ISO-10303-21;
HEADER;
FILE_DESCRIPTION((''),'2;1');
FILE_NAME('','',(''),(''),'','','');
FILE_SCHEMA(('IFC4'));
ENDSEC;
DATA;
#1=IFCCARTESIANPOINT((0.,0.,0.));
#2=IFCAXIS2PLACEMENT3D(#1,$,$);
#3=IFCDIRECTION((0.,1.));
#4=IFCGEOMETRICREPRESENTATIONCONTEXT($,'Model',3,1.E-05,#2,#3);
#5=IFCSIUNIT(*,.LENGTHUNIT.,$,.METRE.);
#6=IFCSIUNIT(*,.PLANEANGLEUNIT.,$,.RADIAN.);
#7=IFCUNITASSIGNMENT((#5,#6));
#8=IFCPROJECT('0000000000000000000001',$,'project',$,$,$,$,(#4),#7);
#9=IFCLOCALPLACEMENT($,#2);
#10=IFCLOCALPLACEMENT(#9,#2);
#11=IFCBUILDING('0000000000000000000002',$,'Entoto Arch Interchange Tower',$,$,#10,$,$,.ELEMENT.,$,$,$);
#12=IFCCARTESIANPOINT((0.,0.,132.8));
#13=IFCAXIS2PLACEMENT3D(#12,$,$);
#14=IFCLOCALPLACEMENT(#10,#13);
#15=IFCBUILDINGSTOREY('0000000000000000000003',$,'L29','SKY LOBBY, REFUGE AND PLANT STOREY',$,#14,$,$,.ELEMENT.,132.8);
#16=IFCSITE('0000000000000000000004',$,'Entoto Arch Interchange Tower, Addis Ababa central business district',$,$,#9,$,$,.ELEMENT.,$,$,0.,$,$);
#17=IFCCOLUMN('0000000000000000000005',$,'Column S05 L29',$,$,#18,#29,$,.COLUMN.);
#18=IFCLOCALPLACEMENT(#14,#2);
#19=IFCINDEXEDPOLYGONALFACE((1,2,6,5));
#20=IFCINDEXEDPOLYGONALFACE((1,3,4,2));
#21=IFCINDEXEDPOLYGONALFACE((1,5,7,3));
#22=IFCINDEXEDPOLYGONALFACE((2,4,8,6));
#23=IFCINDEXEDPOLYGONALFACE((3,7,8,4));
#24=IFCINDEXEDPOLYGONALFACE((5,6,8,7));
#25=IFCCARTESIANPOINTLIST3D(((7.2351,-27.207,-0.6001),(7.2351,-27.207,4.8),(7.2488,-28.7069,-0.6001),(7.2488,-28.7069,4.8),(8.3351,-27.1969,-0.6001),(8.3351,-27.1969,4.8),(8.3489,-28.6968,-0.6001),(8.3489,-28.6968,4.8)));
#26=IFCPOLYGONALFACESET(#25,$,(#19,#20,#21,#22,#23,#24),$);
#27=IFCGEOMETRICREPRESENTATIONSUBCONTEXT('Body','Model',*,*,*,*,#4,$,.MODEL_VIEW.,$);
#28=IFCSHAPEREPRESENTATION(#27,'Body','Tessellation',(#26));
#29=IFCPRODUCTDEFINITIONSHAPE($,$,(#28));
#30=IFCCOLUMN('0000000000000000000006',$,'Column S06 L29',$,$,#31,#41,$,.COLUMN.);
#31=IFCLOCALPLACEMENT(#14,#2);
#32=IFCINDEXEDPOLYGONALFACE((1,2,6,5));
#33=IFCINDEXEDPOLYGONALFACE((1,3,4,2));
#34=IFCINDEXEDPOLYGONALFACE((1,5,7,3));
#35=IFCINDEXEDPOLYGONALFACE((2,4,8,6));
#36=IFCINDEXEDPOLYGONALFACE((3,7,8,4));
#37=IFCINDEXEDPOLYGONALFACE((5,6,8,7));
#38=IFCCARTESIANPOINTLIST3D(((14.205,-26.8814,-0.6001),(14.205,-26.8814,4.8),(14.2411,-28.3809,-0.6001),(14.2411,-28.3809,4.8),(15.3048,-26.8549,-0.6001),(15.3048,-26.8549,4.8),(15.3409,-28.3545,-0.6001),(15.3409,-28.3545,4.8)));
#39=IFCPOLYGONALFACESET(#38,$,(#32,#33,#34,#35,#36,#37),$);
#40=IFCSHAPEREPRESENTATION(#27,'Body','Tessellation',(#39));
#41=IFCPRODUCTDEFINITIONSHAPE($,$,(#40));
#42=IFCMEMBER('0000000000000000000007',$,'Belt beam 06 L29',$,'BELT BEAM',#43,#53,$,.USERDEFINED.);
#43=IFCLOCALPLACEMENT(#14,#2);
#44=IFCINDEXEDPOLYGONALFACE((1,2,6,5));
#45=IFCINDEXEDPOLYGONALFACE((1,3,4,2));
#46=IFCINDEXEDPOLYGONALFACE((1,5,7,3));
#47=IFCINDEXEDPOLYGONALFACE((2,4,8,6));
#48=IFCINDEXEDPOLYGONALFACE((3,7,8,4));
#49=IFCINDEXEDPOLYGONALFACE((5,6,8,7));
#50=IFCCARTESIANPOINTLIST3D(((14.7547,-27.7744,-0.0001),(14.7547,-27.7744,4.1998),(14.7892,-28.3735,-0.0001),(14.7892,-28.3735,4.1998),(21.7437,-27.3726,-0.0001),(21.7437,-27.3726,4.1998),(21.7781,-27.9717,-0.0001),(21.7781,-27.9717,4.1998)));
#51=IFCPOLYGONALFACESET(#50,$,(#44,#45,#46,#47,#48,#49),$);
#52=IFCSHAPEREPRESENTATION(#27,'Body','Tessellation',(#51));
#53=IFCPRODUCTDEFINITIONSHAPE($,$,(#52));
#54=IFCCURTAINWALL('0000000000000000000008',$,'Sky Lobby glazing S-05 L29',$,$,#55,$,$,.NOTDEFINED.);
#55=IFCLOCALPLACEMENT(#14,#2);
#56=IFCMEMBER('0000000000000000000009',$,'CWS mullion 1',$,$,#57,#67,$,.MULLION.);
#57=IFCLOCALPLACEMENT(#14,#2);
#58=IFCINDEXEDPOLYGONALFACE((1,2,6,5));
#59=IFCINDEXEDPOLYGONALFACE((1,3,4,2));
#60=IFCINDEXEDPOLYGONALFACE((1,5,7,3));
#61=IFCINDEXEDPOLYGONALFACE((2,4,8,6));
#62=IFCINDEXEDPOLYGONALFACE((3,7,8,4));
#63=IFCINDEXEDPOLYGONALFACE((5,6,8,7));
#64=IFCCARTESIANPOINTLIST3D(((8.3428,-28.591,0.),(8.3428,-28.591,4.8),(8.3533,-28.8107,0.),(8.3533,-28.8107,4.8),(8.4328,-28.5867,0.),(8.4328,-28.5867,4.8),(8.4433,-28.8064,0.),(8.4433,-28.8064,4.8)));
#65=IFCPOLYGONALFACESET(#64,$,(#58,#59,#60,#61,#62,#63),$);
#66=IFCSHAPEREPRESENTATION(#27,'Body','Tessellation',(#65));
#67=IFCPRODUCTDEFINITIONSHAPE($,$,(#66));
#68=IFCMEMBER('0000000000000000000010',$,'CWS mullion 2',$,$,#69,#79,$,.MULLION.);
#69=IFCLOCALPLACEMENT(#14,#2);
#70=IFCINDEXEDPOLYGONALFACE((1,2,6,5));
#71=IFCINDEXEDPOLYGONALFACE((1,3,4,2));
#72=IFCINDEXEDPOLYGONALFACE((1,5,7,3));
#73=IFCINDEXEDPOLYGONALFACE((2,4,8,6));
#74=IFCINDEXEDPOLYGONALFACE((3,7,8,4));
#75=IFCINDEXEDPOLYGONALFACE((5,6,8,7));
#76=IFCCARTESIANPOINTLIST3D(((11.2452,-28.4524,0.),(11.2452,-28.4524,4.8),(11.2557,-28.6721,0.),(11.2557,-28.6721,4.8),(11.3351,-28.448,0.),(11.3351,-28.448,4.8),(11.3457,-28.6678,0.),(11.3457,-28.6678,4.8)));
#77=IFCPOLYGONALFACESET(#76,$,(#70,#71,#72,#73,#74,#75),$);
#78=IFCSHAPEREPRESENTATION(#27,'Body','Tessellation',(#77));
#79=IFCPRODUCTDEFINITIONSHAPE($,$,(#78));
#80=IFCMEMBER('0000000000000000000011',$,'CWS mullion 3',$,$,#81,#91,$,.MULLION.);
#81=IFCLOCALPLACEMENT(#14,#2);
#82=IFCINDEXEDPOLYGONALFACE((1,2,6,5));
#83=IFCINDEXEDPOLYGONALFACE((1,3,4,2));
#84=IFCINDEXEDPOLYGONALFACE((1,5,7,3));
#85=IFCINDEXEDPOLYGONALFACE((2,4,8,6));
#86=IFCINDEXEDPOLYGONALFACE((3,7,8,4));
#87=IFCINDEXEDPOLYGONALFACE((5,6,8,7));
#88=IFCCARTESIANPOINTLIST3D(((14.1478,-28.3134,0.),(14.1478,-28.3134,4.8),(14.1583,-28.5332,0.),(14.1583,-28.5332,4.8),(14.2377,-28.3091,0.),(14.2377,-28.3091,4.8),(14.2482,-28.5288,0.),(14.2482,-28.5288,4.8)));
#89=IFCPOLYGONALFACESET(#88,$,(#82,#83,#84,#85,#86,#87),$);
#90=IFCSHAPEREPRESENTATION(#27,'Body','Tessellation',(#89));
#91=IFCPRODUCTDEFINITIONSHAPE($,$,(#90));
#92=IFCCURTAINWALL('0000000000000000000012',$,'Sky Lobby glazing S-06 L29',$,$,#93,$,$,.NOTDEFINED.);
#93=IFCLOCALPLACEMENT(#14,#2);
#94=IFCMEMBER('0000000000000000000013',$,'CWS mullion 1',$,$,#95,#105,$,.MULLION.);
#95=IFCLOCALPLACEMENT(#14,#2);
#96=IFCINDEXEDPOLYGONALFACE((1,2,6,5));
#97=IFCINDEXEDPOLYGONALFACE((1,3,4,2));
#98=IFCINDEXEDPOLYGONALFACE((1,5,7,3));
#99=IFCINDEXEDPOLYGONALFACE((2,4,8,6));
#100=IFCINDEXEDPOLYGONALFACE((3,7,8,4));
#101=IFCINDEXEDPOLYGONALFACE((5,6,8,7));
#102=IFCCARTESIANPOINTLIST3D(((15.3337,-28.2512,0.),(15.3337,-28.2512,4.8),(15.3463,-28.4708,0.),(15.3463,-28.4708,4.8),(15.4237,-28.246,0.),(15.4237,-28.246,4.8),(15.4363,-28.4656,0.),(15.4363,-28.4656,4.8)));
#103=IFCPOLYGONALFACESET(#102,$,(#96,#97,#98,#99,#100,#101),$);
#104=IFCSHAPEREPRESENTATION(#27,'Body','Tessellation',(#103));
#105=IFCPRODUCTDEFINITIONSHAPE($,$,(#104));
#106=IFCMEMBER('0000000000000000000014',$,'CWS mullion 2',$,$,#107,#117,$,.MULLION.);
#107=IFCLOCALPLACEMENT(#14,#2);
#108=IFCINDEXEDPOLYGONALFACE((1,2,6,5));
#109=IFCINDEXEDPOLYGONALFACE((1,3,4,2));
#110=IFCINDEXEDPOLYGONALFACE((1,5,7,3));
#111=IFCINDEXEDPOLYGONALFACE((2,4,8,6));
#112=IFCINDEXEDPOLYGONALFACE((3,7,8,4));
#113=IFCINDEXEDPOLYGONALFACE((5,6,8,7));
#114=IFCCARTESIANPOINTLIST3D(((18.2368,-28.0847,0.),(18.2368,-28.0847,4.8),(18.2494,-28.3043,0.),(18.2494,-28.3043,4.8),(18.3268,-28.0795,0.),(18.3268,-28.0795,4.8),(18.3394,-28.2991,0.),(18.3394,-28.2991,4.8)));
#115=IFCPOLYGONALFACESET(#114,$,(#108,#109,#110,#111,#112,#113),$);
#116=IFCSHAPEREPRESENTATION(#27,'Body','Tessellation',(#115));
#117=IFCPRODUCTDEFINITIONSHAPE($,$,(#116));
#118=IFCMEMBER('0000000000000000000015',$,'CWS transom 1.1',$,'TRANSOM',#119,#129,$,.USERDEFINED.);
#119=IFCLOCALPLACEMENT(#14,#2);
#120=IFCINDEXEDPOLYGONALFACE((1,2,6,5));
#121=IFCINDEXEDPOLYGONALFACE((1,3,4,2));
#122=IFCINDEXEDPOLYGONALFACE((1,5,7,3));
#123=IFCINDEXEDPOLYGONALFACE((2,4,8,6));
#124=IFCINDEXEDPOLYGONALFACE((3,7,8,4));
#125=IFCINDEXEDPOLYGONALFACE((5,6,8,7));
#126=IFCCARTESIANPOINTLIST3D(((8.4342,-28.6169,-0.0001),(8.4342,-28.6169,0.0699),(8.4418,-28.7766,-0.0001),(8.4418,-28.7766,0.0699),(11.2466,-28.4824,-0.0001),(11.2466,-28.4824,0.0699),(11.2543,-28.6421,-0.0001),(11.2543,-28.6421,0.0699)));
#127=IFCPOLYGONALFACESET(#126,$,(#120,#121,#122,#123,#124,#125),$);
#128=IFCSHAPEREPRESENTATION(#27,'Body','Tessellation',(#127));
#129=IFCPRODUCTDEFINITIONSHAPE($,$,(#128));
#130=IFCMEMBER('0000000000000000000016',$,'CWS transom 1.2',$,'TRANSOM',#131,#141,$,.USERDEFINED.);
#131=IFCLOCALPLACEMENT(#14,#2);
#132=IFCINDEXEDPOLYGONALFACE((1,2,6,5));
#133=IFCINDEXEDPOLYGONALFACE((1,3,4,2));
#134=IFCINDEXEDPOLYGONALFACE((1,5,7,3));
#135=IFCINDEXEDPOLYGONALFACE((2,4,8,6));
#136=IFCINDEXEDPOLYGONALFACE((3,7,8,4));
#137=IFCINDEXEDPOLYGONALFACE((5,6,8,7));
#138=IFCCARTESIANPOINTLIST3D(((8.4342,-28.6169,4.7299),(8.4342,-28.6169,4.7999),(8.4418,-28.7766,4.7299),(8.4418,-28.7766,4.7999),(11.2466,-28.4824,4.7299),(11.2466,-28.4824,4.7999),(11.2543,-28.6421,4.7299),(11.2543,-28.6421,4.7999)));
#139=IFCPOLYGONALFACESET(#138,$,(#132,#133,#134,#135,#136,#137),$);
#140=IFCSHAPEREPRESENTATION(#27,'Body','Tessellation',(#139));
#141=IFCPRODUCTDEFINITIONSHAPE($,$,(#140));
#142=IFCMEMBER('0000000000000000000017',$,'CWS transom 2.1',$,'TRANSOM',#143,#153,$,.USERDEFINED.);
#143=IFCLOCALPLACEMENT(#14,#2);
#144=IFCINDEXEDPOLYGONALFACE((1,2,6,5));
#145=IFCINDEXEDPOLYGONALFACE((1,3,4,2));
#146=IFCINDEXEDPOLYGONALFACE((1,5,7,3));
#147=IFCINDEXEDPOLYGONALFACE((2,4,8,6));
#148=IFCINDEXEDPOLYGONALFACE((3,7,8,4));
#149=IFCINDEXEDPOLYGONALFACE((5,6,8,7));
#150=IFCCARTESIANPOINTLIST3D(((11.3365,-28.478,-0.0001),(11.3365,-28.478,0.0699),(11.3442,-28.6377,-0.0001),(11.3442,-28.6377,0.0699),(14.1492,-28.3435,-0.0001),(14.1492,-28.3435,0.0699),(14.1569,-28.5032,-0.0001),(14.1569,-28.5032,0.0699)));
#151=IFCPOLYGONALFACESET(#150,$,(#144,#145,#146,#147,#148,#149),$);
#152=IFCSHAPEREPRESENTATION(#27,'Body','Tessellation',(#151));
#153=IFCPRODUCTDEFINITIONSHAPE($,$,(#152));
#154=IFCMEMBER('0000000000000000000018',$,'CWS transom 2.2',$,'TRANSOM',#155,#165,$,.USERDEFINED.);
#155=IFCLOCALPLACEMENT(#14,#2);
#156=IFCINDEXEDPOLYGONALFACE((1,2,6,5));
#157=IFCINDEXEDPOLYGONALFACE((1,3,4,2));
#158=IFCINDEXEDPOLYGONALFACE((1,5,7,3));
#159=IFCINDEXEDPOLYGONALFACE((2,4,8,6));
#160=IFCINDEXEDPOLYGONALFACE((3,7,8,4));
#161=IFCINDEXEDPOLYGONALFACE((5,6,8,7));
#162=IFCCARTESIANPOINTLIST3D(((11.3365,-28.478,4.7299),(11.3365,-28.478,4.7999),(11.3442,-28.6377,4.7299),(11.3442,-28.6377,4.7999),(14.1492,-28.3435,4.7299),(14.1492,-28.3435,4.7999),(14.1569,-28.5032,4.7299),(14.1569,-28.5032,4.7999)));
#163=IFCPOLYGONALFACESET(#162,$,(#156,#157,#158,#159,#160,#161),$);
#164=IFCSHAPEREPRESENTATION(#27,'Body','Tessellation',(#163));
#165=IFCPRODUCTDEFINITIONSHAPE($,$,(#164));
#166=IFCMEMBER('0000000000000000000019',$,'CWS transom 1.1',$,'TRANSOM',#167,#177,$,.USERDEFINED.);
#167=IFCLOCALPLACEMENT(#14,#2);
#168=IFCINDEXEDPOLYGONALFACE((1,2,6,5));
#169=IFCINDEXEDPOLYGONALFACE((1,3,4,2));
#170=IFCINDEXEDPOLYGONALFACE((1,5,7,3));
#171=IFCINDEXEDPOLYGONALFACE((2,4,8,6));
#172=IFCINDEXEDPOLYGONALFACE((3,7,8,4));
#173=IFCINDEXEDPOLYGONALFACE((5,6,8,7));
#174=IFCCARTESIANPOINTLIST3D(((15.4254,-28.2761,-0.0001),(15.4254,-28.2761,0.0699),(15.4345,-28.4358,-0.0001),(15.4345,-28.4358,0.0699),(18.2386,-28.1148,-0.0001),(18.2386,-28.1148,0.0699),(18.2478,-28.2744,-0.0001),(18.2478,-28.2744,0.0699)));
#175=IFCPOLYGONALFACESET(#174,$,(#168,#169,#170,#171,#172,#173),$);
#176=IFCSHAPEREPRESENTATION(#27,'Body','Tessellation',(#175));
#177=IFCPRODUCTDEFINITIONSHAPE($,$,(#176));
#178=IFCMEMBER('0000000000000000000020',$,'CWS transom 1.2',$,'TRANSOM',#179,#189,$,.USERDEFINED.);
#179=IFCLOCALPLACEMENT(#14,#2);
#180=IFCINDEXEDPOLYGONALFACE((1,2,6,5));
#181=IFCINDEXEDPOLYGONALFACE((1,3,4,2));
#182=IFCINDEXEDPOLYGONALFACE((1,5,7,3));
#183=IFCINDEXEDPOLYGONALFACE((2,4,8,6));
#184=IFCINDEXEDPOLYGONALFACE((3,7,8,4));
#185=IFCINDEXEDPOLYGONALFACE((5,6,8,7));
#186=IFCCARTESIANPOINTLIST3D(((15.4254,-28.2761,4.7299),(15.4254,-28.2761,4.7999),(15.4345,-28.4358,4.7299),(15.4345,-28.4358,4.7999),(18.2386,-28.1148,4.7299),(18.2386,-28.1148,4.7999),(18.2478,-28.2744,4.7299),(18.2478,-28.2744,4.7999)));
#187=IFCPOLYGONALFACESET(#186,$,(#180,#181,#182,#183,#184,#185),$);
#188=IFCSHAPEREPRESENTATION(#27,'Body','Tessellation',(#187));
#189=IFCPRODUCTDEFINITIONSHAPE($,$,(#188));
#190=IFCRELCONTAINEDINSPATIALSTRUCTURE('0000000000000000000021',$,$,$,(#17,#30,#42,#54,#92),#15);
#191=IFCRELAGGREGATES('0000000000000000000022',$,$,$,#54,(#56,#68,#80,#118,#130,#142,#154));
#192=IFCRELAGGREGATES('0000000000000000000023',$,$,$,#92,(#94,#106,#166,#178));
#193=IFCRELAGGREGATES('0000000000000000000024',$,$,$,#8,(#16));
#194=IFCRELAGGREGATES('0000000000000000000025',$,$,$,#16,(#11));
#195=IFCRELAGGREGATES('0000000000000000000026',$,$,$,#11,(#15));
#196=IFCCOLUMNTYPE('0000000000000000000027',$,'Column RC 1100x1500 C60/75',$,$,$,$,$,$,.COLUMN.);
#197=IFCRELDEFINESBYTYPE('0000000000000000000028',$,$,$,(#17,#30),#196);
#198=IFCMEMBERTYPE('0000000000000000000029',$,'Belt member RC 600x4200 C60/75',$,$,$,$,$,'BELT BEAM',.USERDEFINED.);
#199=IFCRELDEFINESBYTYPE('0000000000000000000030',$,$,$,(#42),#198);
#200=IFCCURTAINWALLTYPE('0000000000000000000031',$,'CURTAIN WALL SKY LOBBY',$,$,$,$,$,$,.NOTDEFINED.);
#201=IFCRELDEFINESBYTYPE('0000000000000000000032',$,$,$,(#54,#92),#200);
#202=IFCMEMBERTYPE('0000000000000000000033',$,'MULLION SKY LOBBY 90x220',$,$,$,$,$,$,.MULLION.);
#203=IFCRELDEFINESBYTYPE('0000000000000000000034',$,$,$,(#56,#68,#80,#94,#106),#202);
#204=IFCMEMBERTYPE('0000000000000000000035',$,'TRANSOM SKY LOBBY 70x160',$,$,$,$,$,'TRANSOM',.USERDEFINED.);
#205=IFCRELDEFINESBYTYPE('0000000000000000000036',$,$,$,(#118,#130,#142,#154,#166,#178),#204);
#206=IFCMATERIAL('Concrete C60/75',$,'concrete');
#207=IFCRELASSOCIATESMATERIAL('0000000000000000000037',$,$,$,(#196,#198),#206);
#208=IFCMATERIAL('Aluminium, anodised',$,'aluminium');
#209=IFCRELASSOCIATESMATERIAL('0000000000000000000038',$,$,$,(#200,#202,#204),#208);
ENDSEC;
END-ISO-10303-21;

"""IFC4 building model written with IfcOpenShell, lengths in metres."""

from ifc_helpers import new_model, si_unit, direction, frame, origin, origin_2d, place, context, subcontext, project, spatial, rectangle, extrude, material, material_profile, profile_set, type_object, element, aggregate, save


model = new_model("IFC4")

# Units and contexts
model_context = context("Model", 3, precision=1e-05, world=origin(), true_north=direction((0.0, 1.0)))
body_context = subcontext(model_context, "Body", "Model", "MODEL_VIEW")
ifc_project = project(units=[si_unit("LENGTHUNIT", "METRE"), si_unit("PLANEANGLEUNIT", "RADIAN")], contexts=[model_context])

# Site, building, storey
site_placement = place(None, origin())
site = spatial("IfcSite", under=ifc_project, at=site_placement, Name="Entoto Arch Interchange Tower, Addis Ababa central business district", CompositionType="ELEMENT", RefElevation=0.0)
building_placement = place(site_placement, origin())
building = spatial("IfcBuilding", under=site, at=building_placement, Name="Entoto Arch Interchange Tower", CompositionType="ELEMENT")
storey_placement = place(building_placement, frame((0.0, 0.0, 132.8)))
storey = spatial("IfcBuildingStorey", under=building, at=storey_placement, Name="L29", Description="SKY LOBBY, REFUGE AND PLANT STOREY", CompositionType="ELEMENT", Elevation=132.8)

# Columns
ifc_material_1 = material(Name="Concrete C60/75", Category="concrete")
ifc_material_profile_1 = material_profile(ifc_material_1, rectangle(XDim=1.1001, YDim=1.5, at=origin_2d()))
ifc_profile_set_1 = profile_set([ifc_material_profile_1], Name="Concrete C60/75")
column_type = type_object("IfcColumnType", Name="Column RC 1100x1500 C60/75", PredefinedType="COLUMN", material=ifc_profile_set_1)
for number, where, z_axis, x_axis, name in (
    (1, (7.792, -27.9519, -0.6001), (0.0, 0.0, 1.0), (0.999958, 0.009163, 0.0), "Column S05 L29"),
    (2, (14.7729, -27.6179, -0.6001), (0.0, 0.0, 1.0), (0.999711, 0.024031, 0.0), "Column S06 L29"),
):
    element("IfcColumn", number, at=place(storey_placement, frame(where, z_axis=z_axis, x_axis=x_axis)), inside=storey, type_object=column_type, Name=name, PredefinedType="COLUMN", context=body_context, shape_type="SweptSolid", body=[
        extrude(rectangle(XDim=1.1001, YDim=1.5, at=origin_2d()), origin(), (0.0, 0.0, 1.0), 5.4001),
    ])

# Member
ifc_material_profile_2 = material_profile(ifc_material_1, rectangle(XDim=0.6001, YDim=4.2, at=origin_2d()))
ifc_profile_set_2 = profile_set([ifc_material_profile_2], Name="Concrete C60/75")
member_type_1 = type_object("IfcMemberType", Name="Belt member RC 600x4200 C60/75", ElementType="BELT BEAM", PredefinedType="USERDEFINED", material=ifc_profile_set_2)
member_1_placement = place(storey_placement, frame((14.772, -28.074, 2.0999), z_axis=(0.998351, 0.057403, 0.0), x_axis=(-0.057403, 0.998351, 0.0)))
element("IfcMember", 3, at=member_1_placement, inside=storey, type_object=member_type_1, Name="Belt beam 06 L29", ObjectType="BELT BEAM", PredefinedType="USERDEFINED", context=body_context, shape_type="SweptSolid", body=[
    extrude(rectangle(XDim=0.6001, YDim=4.2, at=origin_2d()), origin(), (0.0, 0.0, 1.0), 7.0005),
])

# Curtain walls, members
ifc_material_2 = material(Name="Aluminium, anodised", Category="aluminium")
curtain_wall_type = type_object("IfcCurtainWallType", Name="CURTAIN WALL SKY LOBBY", PredefinedType="NOTDEFINED", material=ifc_material_2)
curtain_wall_1_placement = place(storey_placement, origin())
curtain_wall_1 = element("IfcCurtainWall", 4, at=curtain_wall_1_placement, inside=storey, type_object=curtain_wall_type, Name="Sky Lobby glazing S-05 L29", PredefinedType="NOTDEFINED")
ifc_material_profile_3 = material_profile(ifc_material_2, rectangle(XDim=0.22, YDim=0.0901, at=origin_2d()))
ifc_profile_set_3 = profile_set([ifc_material_profile_3], Name="Aluminium, anodised")
member_type_2 = type_object("IfcMemberType", Name="MULLION SKY LOBBY 90x220", PredefinedType="MULLION", material=ifc_profile_set_3)
member_2_placement = place(storey_placement, frame((8.3931, -28.6987, 0.0), z_axis=(0.0, 0.0, 1.0), x_axis=(-0.047783, 0.998858, 0.0)))
member_2 = element("IfcMember", 5, at=member_2_placement, type_object=member_type_2, Name="CWS mullion 1", PredefinedType="MULLION", context=body_context, shape_type="SweptSolid", body=[
    extrude(rectangle(XDim=0.22, YDim=0.0901, at=origin_2d()), origin(), (0.0, 0.0, 1.0), 4.8),
])
member_3_placement = place(storey_placement, frame((11.2954, -28.5601, 0.0), z_axis=(0.0, 0.0, 1.0), x_axis=(-0.047783, 0.998858, 0.0)))
member_3 = element("IfcMember", 6, at=member_3_placement, type_object=member_type_2, Name="CWS mullion 2", PredefinedType="MULLION", context=body_context, shape_type="SweptSolid", body=[
    extrude(rectangle(XDim=0.22, YDim=0.0901, at=origin_2d()), origin(), (0.0, 0.0, 1.0), 4.8),
])
member_4_placement = place(storey_placement, frame((14.198, -28.4211, 0.0), z_axis=(0.0, 0.0, 1.0), x_axis=(-0.047783, 0.998858, 0.0)))
member_4 = element("IfcMember", 7, at=member_4_placement, type_object=member_type_2, Name="CWS mullion 3", PredefinedType="MULLION", context=body_context, shape_type="SweptSolid", body=[
    extrude(rectangle(XDim=0.22, YDim=0.0901, at=origin_2d()), origin(), (0.0, 0.0, 1.0), 4.8),
])
curtain_wall_2_placement = place(storey_placement, origin())
curtain_wall_2 = element("IfcCurtainWall", 8, at=curtain_wall_2_placement, inside=storey, type_object=curtain_wall_type, Name="Sky Lobby glazing S-06 L29", PredefinedType="NOTDEFINED")
member_5_placement = place(storey_placement, frame((15.385, -28.3584, 0.0), z_axis=(0.0, 0.0, 1.0), x_axis=(-0.057233, 0.998361, 0.0)))
member_5 = element("IfcMember", 9, at=member_5_placement, type_object=member_type_2, Name="CWS mullion 1", PredefinedType="MULLION", context=body_context, shape_type="SweptSolid", body=[
    extrude(rectangle(XDim=0.22, YDim=0.0901, at=origin_2d()), origin(), (0.0, 0.0, 1.0), 4.8),
])
member_6_placement = place(storey_placement, frame((18.2881, -28.1919, 0.0), z_axis=(0.0, 0.0, 1.0), x_axis=(-0.057233, 0.998361, 0.0)))
member_6 = element("IfcMember", 10, at=member_6_placement, type_object=member_type_2, Name="CWS mullion 2", PredefinedType="MULLION", context=body_context, shape_type="SweptSolid", body=[
    extrude(rectangle(XDim=0.22, YDim=0.0901, at=origin_2d()), origin(), (0.0, 0.0, 1.0), 4.8),
])

# Members
ifc_material_profile_4 = material_profile(ifc_material_2, rectangle(XDim=0.1599, YDim=0.0701, at=origin_2d()))
ifc_profile_set_4 = profile_set([ifc_material_profile_4], Name="Aluminium, anodised")
member_type_3 = type_object("IfcMemberType", Name="TRANSOM SKY LOBBY 70x160", ElementType="TRANSOM", PredefinedType="USERDEFINED", material=ifc_profile_set_4)
member_7_placement = place(storey_placement, frame((8.438, -28.6968, 0.0349), z_axis=(0.998858, 0.047775, 0.0), x_axis=(-0.047775, 0.998858, 0.0)))
member_7 = element("IfcMember", 11, at=member_7_placement, type_object=member_type_3, Name="CWS transom 1.1", ObjectType="TRANSOM", PredefinedType="USERDEFINED", context=body_context, shape_type="SweptSolid", body=[
    extrude(rectangle(XDim=0.1599, YDim=0.0701, at=origin_2d()), origin(), (0.0, 0.0, 1.0), 2.8157),
])
member_8_placement = place(storey_placement, frame((8.438, -28.6968, 4.7649), z_axis=(0.998858, 0.047775, 0.0), x_axis=(-0.047775, 0.998858, 0.0)))
member_8 = element("IfcMember", 12, at=member_8_placement, type_object=member_type_3, Name="CWS transom 1.2", ObjectType="TRANSOM", PredefinedType="USERDEFINED", context=body_context, shape_type="SweptSolid", body=[
    extrude(rectangle(XDim=0.1599, YDim=0.0701, at=origin_2d()), origin(), (0.0, 0.0, 1.0), 2.8157),
])
member_9_placement = place(storey_placement, frame((11.3403, -28.5579, 0.0349), z_axis=(0.998858, 0.047771, 0.0), x_axis=(-0.047771, 0.998858, 0.0)))
member_9 = element("IfcMember", 13, at=member_9_placement, type_object=member_type_3, Name="CWS transom 2.1", ObjectType="TRANSOM", PredefinedType="USERDEFINED", context=body_context, shape_type="SweptSolid", body=[
    extrude(rectangle(XDim=0.1599, YDim=0.0701, at=origin_2d()), origin(), (0.0, 0.0, 1.0), 2.8159),
])
member_10_placement = place(storey_placement, frame((11.3403, -28.5579, 4.7649), z_axis=(0.998858, 0.047771, 0.0), x_axis=(-0.047771, 0.998858, 0.0)))
member_10 = element("IfcMember", 14, at=member_10_placement, type_object=member_type_3, Name="CWS transom 2.2", ObjectType="TRANSOM", PredefinedType="USERDEFINED", context=body_context, shape_type="SweptSolid", body=[
    extrude(rectangle(XDim=0.1599, YDim=0.0701, at=origin_2d()), origin(), (0.0, 0.0, 1.0), 2.8159),
])
member_11_placement = place(storey_placement, frame((15.4299, -28.356, 0.0349), z_axis=(0.998359, 0.057269, 0.0), x_axis=(-0.057269, 0.998359, 0.0)))
member_11 = element("IfcMember", 15, at=member_11_placement, type_object=member_type_3, Name="CWS transom 1.1", ObjectType="TRANSOM", PredefinedType="USERDEFINED", context=body_context, shape_type="SweptSolid", body=[
    extrude(rectangle(XDim=0.1599, YDim=0.0701, at=origin_2d()), origin(), (0.0, 0.0, 1.0), 2.8179),
])
member_12_placement = place(storey_placement, frame((15.4299, -28.356, 4.7649), z_axis=(0.998359, 0.057269, 0.0), x_axis=(-0.057269, 0.998359, 0.0)))
member_12 = element("IfcMember", 16, at=member_12_placement, type_object=member_type_3, Name="CWS transom 1.2", ObjectType="TRANSOM", PredefinedType="USERDEFINED", context=body_context, shape_type="SweptSolid", body=[
    extrude(rectangle(XDim=0.1599, YDim=0.0701, at=origin_2d()), origin(), (0.0, 0.0, 1.0), 2.8179),
])

aggregate(curtain_wall_1, [member_2, member_3, member_4, member_7, member_8, member_9, member_10])
aggregate(curtain_wall_2, [member_5, member_6, member_11, member_12])

save(model, "model.ifc")
